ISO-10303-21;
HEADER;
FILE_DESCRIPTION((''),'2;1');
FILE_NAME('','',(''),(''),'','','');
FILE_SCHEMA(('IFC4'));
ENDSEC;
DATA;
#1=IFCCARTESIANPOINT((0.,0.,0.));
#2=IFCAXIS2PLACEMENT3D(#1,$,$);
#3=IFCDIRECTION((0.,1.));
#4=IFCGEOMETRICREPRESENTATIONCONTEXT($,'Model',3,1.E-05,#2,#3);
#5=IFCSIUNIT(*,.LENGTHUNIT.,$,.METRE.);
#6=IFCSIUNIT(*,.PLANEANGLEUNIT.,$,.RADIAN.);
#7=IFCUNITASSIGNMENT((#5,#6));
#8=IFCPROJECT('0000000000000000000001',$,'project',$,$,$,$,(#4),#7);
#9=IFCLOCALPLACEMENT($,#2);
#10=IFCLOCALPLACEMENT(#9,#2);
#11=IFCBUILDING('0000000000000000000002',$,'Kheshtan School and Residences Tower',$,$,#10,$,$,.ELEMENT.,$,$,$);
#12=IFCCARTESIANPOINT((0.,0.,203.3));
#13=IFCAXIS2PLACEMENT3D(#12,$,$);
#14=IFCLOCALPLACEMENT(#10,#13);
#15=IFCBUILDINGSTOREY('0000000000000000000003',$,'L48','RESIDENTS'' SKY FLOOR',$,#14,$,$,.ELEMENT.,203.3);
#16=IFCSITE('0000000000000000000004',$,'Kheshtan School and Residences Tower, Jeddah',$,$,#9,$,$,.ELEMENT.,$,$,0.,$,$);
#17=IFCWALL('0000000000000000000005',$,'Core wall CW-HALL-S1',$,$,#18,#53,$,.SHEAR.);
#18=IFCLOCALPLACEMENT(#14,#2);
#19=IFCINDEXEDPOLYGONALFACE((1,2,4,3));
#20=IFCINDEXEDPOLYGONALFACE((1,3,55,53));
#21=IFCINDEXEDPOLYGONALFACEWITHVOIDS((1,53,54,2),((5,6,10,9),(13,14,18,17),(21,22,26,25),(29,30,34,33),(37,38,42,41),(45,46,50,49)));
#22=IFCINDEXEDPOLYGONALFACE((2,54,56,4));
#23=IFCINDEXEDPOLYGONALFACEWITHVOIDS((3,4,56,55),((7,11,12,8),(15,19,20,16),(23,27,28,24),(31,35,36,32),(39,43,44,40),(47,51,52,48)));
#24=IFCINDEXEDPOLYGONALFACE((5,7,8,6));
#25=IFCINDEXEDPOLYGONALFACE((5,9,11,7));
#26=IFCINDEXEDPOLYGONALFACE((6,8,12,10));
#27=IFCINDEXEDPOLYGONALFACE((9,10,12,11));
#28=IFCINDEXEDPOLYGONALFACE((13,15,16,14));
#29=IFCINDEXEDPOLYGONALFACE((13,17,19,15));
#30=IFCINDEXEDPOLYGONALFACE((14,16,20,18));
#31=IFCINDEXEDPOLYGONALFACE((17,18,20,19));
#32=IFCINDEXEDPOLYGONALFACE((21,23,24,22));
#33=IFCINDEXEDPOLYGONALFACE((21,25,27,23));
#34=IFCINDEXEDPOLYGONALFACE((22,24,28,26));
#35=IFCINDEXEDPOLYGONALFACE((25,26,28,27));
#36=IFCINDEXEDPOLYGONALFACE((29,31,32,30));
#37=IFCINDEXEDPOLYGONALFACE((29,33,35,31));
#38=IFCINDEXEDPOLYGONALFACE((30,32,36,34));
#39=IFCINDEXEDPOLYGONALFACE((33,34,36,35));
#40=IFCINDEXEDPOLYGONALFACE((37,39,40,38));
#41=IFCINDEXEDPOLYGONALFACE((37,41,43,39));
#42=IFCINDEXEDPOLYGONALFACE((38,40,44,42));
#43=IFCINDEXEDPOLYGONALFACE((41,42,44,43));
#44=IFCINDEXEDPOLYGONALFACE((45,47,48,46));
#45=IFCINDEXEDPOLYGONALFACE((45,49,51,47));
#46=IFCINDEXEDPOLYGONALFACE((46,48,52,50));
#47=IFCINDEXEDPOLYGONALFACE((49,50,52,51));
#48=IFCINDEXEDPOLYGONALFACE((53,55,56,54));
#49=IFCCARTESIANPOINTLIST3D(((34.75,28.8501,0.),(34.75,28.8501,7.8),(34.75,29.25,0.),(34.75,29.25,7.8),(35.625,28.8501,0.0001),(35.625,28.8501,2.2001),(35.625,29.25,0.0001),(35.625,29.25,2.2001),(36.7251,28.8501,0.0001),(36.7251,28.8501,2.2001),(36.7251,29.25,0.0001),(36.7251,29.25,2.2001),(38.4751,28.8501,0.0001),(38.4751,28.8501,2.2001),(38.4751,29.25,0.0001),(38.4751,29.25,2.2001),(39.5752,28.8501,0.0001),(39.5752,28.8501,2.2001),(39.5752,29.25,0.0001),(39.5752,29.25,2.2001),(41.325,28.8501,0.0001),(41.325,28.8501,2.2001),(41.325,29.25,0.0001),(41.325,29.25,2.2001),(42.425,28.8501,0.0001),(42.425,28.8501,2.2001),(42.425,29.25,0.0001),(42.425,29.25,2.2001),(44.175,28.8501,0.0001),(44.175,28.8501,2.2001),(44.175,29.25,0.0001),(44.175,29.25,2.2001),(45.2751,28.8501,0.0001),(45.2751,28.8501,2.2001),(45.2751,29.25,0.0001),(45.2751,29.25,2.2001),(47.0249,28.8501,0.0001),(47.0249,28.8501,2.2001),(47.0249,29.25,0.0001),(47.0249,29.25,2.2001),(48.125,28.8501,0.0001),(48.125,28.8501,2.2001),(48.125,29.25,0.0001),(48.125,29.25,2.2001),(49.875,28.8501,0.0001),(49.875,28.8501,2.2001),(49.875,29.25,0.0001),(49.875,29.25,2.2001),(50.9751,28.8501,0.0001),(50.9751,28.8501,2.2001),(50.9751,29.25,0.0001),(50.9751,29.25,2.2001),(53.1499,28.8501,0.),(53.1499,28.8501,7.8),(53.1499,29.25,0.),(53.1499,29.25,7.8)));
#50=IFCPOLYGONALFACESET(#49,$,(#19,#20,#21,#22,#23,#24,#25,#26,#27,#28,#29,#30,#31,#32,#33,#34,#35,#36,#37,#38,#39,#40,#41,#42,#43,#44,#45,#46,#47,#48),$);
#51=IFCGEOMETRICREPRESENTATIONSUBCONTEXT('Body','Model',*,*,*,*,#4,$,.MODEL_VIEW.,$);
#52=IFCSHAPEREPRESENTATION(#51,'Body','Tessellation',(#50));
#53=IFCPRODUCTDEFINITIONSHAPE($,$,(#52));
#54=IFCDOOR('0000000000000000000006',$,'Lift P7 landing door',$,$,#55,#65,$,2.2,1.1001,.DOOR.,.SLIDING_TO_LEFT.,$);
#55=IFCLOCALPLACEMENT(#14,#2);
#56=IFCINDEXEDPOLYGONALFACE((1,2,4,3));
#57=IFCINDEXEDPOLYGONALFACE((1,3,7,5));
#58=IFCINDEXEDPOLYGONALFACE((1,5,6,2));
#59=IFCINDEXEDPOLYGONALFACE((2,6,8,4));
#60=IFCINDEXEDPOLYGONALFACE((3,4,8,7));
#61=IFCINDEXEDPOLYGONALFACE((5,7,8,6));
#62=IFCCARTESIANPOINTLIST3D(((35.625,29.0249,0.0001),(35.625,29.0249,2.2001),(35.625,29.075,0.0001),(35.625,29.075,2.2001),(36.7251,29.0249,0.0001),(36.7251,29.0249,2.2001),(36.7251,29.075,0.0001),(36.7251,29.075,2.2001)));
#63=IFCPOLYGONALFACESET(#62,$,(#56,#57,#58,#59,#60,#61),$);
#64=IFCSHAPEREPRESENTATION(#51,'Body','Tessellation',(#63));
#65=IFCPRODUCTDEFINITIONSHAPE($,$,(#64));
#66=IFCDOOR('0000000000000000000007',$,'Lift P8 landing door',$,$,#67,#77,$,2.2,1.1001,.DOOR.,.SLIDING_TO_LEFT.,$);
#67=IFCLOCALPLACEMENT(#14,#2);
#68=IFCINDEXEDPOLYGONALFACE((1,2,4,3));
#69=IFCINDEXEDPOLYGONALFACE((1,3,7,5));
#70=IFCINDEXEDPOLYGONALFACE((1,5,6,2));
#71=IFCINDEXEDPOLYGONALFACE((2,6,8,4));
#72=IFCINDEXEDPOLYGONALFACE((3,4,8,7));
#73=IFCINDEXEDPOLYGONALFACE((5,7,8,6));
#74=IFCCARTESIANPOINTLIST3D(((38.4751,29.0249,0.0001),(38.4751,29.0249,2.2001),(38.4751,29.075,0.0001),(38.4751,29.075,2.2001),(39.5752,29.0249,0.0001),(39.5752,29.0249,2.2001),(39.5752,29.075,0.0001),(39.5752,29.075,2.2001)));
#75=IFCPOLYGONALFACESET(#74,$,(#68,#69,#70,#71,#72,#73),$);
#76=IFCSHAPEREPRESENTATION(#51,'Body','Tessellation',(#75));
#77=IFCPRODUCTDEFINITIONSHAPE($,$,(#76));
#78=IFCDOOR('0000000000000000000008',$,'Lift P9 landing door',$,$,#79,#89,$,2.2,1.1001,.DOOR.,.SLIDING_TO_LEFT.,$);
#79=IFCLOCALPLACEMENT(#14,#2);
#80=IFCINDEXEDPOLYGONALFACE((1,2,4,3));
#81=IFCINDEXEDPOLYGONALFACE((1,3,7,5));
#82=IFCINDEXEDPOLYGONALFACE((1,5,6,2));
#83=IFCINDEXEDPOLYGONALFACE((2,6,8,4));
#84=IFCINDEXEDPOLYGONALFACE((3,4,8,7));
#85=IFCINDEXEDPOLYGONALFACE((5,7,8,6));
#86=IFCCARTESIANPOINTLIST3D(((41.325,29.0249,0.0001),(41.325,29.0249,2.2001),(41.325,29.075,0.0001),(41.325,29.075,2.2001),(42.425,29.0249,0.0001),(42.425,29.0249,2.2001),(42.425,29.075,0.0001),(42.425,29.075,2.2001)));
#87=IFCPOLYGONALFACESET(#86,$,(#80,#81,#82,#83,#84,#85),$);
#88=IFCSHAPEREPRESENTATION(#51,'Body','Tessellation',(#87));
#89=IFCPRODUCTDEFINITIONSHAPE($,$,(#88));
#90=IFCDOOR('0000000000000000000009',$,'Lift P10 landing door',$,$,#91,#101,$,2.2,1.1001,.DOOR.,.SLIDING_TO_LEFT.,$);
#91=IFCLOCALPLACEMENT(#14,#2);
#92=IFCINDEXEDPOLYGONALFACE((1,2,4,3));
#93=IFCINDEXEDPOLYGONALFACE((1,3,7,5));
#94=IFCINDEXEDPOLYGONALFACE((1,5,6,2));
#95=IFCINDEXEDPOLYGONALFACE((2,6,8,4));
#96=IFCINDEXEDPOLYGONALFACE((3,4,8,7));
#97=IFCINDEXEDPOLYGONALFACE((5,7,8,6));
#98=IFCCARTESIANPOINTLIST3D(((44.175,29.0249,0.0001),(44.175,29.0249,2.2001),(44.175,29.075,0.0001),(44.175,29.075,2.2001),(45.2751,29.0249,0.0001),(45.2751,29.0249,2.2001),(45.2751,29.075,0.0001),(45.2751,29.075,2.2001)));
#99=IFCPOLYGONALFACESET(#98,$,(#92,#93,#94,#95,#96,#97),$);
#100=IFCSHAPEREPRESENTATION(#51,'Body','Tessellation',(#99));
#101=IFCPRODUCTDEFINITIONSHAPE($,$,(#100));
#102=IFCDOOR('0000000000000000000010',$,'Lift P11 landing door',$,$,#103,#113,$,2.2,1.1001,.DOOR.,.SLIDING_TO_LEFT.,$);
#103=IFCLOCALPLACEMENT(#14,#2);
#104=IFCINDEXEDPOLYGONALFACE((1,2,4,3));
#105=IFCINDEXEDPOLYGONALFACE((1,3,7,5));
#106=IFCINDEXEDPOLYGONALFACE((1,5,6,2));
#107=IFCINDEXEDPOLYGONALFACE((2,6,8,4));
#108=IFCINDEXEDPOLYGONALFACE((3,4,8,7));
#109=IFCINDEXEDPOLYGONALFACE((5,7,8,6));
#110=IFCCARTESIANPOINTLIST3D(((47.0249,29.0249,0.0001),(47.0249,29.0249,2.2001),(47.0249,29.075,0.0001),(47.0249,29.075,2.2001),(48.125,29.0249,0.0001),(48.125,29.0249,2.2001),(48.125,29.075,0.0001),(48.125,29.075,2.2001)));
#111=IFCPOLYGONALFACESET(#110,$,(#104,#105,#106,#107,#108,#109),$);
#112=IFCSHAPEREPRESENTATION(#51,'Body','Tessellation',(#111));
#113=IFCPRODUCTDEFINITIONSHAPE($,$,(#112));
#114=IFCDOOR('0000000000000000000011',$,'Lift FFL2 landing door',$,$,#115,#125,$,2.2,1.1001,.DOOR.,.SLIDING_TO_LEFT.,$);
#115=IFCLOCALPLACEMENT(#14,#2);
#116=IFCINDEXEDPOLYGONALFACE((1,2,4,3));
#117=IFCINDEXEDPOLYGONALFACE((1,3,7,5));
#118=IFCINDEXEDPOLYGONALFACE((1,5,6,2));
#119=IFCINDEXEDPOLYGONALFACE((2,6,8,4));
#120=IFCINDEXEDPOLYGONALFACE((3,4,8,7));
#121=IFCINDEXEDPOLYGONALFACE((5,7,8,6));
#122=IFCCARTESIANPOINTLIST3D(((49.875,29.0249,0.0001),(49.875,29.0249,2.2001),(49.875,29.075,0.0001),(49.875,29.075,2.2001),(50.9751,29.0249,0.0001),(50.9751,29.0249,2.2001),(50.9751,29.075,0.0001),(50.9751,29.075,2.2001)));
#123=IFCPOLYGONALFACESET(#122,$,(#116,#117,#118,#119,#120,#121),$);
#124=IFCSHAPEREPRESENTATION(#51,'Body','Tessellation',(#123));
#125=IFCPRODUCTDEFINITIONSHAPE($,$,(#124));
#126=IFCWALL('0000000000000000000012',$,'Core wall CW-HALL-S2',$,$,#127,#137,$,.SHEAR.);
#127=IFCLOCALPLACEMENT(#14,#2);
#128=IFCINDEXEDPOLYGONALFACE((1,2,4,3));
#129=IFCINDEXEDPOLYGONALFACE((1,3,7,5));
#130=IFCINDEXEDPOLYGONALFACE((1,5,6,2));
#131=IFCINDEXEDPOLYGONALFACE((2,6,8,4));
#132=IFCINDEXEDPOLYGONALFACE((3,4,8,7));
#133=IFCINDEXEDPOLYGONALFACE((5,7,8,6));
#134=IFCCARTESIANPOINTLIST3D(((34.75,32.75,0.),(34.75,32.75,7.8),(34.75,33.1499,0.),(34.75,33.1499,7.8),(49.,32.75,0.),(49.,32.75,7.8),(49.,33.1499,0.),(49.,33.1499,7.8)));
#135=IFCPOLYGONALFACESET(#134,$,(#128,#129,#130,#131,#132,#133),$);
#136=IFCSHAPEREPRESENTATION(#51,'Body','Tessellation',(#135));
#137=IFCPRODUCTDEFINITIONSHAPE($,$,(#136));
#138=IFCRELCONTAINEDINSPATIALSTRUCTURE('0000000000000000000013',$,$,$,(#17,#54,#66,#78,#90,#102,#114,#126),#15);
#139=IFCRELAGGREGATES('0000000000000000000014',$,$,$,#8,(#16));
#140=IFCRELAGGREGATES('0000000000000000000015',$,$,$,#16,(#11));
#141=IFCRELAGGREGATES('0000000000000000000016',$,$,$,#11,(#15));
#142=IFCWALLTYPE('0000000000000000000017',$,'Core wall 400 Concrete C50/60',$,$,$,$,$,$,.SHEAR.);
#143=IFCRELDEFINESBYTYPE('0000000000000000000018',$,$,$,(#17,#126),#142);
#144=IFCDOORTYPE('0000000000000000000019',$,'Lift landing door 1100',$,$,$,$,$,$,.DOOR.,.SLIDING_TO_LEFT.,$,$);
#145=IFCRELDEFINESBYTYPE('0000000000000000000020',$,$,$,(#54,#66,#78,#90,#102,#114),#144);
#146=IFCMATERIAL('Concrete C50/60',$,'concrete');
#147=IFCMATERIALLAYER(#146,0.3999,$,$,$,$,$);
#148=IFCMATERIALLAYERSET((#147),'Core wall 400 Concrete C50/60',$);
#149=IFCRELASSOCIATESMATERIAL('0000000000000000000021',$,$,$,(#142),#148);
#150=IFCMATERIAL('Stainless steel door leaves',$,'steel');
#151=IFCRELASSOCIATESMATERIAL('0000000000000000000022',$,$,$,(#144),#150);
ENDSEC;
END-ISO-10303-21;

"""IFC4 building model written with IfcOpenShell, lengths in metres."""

from ifc_helpers import new_model, si_unit, direction, frame, frame_2d, origin, place, context, subcontext, project, spatial, rectangle, extrude, source, transform, mapped, material, layer, layer_set, type_object, element, fill, save


model = new_model("IFC4")

# Units and contexts
model_context = context("Model", 3, precision=1e-05, world=origin(), true_north=direction((0.0, 1.0)))
body_context = subcontext(model_context, "Body", "Model", "MODEL_VIEW")
ifc_project = project(units=[si_unit("LENGTHUNIT", "METRE"), si_unit("PLANEANGLEUNIT", "RADIAN")], contexts=[model_context])

# Site, building, storey
site_placement = place(None, origin())
site = spatial("IfcSite", under=ifc_project, at=site_placement, Name="Kheshtan School and Residences Tower, Jeddah", CompositionType="ELEMENT", RefElevation=0.0)
building_placement = place(site_placement, origin())
building = spatial("IfcBuilding", under=site, at=building_placement, Name="Kheshtan School and Residences Tower", CompositionType="ELEMENT")
storey_placement = place(building_placement, frame((0.0, 0.0, 203.3)))
storey = spatial("IfcBuildingStorey", under=building, at=storey_placement, Name="L48", Description="RESIDENTS' SKY FLOOR", CompositionType="ELEMENT", Elevation=203.3)

# Wall, openings, doors
ifc_material_1 = material(Name="Concrete C50/60", Category="concrete")
ifc_layer_1 = layer(ifc_material_1, 0.3999)
ifc_layer_set_1 = layer_set([ifc_layer_1], Name="Core wall 400 Concrete C50/60")
wall_type_1 = type_object("IfcWallType", Name="Core wall 400 Concrete C50/60", PredefinedType="SHEAR", material=ifc_layer_set_1)
wall_1_placement = place(storey_placement, frame((34.75, 29.05, 0.0), z_axis=(0.0, 0.0, 1.0), x_axis=(1.0, 0.0, 0.0)))
wall_1 = element("IfcWall", 1, at=wall_1_placement, inside=storey, type_object=wall_type_1, Name="Core wall CW-HALL-S1", PredefinedType="SHEAR", context=body_context, shape_type="SweptSolid", body=[
    extrude(rectangle(XDim=18.3999, YDim=0.3999, at=frame_2d((9.2, 0.0))), origin(), (0.0, 0.0, 1.0), 7.8),
])
opening_1_placement = place(wall_1_placement, frame((0.875, 0.0, 0.0)))
opening_1 = element("IfcOpeningElement", 2, at=opening_1_placement, cuts=wall_1, PredefinedType="OPENING", context=body_context, shape_type="SweptSolid", body=[
    extrude(rectangle(XDim=1.1001, YDim=2.2, at=frame_2d((0.55, 1.1001))), frame((0.0, 0.21, 0.0), z_axis=(0.0, -1.0, 0.0), x_axis=(1.0, 0.0, 0.0)), (0.0, 0.0, 1.0), 0.4199),
])
opening_2_placement = place(wall_1_placement, frame((3.7251, 0.0, 0.0)))
opening_2 = element("IfcOpeningElement", 3, at=opening_2_placement, cuts=wall_1, PredefinedType="OPENING", context=body_context, shape_type="SweptSolid", body=[
    extrude(rectangle(XDim=1.1001, YDim=2.2, at=frame_2d((0.55, 1.1001))), frame((0.0, 0.21, 0.0), z_axis=(0.0, -1.0, 0.0), x_axis=(1.0, 0.0, 0.0)), (0.0, 0.0, 1.0), 0.4199),
])
opening_3_placement = place(wall_1_placement, frame((6.575, 0.0, 0.0)))
opening_3 = element("IfcOpeningElement", 4, at=opening_3_placement, cuts=wall_1, PredefinedType="OPENING", context=body_context, shape_type="SweptSolid", body=[
    extrude(rectangle(XDim=1.1001, YDim=2.2, at=frame_2d((0.55, 1.1001))), frame((0.0, 0.21, 0.0), z_axis=(0.0, -1.0, 0.0), x_axis=(1.0, 0.0, 0.0)), (0.0, 0.0, 1.0), 0.4199),
])
opening_4_placement = place(wall_1_placement, frame((9.425, 0.0, 0.0)))
opening_4 = element("IfcOpeningElement", 5, at=opening_4_placement, cuts=wall_1, PredefinedType="OPENING", context=body_context, shape_type="SweptSolid", body=[
    extrude(rectangle(XDim=1.1001, YDim=2.2, at=frame_2d((0.55, 1.1001))), frame((0.0, 0.21, 0.0), z_axis=(0.0, -1.0, 0.0), x_axis=(1.0, 0.0, 0.0)), (0.0, 0.0, 1.0), 0.4199),
])
opening_5_placement = place(wall_1_placement, frame((12.2749, 0.0, 0.0)))
opening_5 = element("IfcOpeningElement", 6, at=opening_5_placement, cuts=wall_1, PredefinedType="OPENING", context=body_context, shape_type="SweptSolid", body=[
    extrude(rectangle(XDim=1.1001, YDim=2.2, at=frame_2d((0.55, 1.1001))), frame((0.0, 0.21, 0.0), z_axis=(0.0, -1.0, 0.0), x_axis=(1.0, 0.0, 0.0)), (0.0, 0.0, 1.0), 0.4199),
])
opening_6_placement = place(wall_1_placement, frame((15.125, 0.0, 0.0)))
opening_6 = element("IfcOpeningElement", 7, at=opening_6_placement, cuts=wall_1, PredefinedType="OPENING", context=body_context, shape_type="SweptSolid", body=[
    extrude(rectangle(XDim=1.1001, YDim=2.2, at=frame_2d((0.55, 1.1001))), frame((0.0, 0.21, 0.0), z_axis=(0.0, -1.0, 0.0), x_axis=(1.0, 0.0, 0.0)), (0.0, 0.0, 1.0), 0.4199),
])
ifc_material_2 = material(Name="Stainless steel door leaves", Category="steel")
door_type_1 = type_object("IfcDoorType", Name="Lift landing door 1100", OperationType="SLIDING_TO_LEFT", PredefinedType="DOOR", material=ifc_material_2)
shared_shape_1 = source(origin(), body_context, "Body", "SweptSolid", [
    extrude(rectangle(XDim=1.1001, YDim=2.2, at=frame_2d((0.55, 1.1001))), frame((0.0, 0.0249, 0.0), z_axis=(0.0, -1.0, 0.0), x_axis=(1.0, 0.0, 0.0)), (0.0, 0.0, 1.0), 0.05),
])
door_1_placement = place(opening_1_placement, origin())
door_1 = element("IfcDoor", 8, at=door_1_placement, inside=storey, type_object=door_type_1, Name="Lift P7 landing door", OperationType="SLIDING_TO_LEFT", OverallHeight=2.2, OverallWidth=1.1001, PredefinedType="DOOR", context=body_context, shape_type="MappedRepresentation", body=[
    mapped(shared_shape_1, transform((0.0, 0.0, 0.0), x_axis=(1.0, 0.0, 0.0), y_axis=(0.0, 1.0, 0.0), z_axis=(0.0, 0.0, 1.0), scale=1.0)),
])
fill(opening_1, door_1)
door_2_placement = place(opening_2_placement, origin())
door_2 = element("IfcDoor", 9, at=door_2_placement, inside=storey, type_object=door_type_1, Name="Lift P8 landing door", OperationType="SLIDING_TO_LEFT", OverallHeight=2.2, OverallWidth=1.1001, PredefinedType="DOOR", context=body_context, shape_type="MappedRepresentation", body=[
    mapped(shared_shape_1, transform((0.0, 0.0, 0.0), x_axis=(1.0, 0.0, 0.0), y_axis=(0.0, 1.0, 0.0), z_axis=(0.0, 0.0, 1.0), scale=1.0)),
])
fill(opening_2, door_2)
door_3_placement = place(opening_3_placement, origin())
door_3 = element("IfcDoor", 10, at=door_3_placement, inside=storey, type_object=door_type_1, Name="Lift P9 landing door", OperationType="SLIDING_TO_LEFT", OverallHeight=2.2, OverallWidth=1.1001, PredefinedType="DOOR", context=body_context, shape_type="MappedRepresentation", body=[
    mapped(shared_shape_1, transform((0.0, 0.0, 0.0), x_axis=(1.0, 0.0, 0.0), y_axis=(0.0, 1.0, 0.0), z_axis=(0.0, 0.0, 1.0), scale=1.0)),
])
fill(opening_3, door_3)
door_4_placement = place(opening_4_placement, origin())
door_4 = element("IfcDoor", 11, at=door_4_placement, inside=storey, type_object=door_type_1, Name="Lift P10 landing door", OperationType="SLIDING_TO_LEFT", OverallHeight=2.2, OverallWidth=1.1001, PredefinedType="DOOR", context=body_context, shape_type="MappedRepresentation", body=[
    mapped(shared_shape_1, transform((0.0, 0.0, 0.0), x_axis=(1.0, 0.0, 0.0), y_axis=(0.0, 1.0, 0.0), z_axis=(0.0, 0.0, 1.0), scale=1.0)),
])
fill(opening_4, door_4)
door_5_placement = place(opening_5_placement, origin())
door_5 = element("IfcDoor", 12, at=door_5_placement, inside=storey, type_object=door_type_1, Name="Lift P11 landing door", OperationType="SLIDING_TO_LEFT", OverallHeight=2.2, OverallWidth=1.1001, PredefinedType="DOOR", context=body_context, shape_type="MappedRepresentation", body=[
    mapped(shared_shape_1, transform((0.0, 0.0, 0.0), x_axis=(1.0, 0.0, 0.0), y_axis=(0.0, 1.0, 0.0), z_axis=(0.0, 0.0, 1.0), scale=1.0)),
])
fill(opening_5, door_5)
door_6_placement = place(opening_6_placement, origin())
door_6 = element("IfcDoor", 13, at=door_6_placement, inside=storey, type_object=door_type_1, Name="Lift FFL2 landing door", OperationType="SLIDING_TO_LEFT", OverallHeight=2.2, OverallWidth=1.1001, PredefinedType="DOOR", context=body_context, shape_type="MappedRepresentation", body=[
    mapped(shared_shape_1, transform((0.0, 0.0, 0.0), x_axis=(1.0, 0.0, 0.0), y_axis=(0.0, 1.0, 0.0), z_axis=(0.0, 0.0, 1.0), scale=1.0)),
])
fill(opening_6, door_6)

# Wall
wall_2_placement = place(storey_placement, frame((34.75, 32.95, 0.0), z_axis=(0.0, 0.0, 1.0), x_axis=(1.0, 0.0, 0.0)))
element("IfcWall", 14, at=wall_2_placement, inside=storey, type_object=wall_type_1, Name="Core wall CW-HALL-S2", PredefinedType="SHEAR", context=body_context, shape_type="SweptSolid", body=[
    extrude(rectangle(XDim=14.25, YDim=0.3999, at=frame_2d((7.125, 0.0))), origin(), (0.0, 0.0, 1.0), 7.8),
])

save(model, "model.ifc")
